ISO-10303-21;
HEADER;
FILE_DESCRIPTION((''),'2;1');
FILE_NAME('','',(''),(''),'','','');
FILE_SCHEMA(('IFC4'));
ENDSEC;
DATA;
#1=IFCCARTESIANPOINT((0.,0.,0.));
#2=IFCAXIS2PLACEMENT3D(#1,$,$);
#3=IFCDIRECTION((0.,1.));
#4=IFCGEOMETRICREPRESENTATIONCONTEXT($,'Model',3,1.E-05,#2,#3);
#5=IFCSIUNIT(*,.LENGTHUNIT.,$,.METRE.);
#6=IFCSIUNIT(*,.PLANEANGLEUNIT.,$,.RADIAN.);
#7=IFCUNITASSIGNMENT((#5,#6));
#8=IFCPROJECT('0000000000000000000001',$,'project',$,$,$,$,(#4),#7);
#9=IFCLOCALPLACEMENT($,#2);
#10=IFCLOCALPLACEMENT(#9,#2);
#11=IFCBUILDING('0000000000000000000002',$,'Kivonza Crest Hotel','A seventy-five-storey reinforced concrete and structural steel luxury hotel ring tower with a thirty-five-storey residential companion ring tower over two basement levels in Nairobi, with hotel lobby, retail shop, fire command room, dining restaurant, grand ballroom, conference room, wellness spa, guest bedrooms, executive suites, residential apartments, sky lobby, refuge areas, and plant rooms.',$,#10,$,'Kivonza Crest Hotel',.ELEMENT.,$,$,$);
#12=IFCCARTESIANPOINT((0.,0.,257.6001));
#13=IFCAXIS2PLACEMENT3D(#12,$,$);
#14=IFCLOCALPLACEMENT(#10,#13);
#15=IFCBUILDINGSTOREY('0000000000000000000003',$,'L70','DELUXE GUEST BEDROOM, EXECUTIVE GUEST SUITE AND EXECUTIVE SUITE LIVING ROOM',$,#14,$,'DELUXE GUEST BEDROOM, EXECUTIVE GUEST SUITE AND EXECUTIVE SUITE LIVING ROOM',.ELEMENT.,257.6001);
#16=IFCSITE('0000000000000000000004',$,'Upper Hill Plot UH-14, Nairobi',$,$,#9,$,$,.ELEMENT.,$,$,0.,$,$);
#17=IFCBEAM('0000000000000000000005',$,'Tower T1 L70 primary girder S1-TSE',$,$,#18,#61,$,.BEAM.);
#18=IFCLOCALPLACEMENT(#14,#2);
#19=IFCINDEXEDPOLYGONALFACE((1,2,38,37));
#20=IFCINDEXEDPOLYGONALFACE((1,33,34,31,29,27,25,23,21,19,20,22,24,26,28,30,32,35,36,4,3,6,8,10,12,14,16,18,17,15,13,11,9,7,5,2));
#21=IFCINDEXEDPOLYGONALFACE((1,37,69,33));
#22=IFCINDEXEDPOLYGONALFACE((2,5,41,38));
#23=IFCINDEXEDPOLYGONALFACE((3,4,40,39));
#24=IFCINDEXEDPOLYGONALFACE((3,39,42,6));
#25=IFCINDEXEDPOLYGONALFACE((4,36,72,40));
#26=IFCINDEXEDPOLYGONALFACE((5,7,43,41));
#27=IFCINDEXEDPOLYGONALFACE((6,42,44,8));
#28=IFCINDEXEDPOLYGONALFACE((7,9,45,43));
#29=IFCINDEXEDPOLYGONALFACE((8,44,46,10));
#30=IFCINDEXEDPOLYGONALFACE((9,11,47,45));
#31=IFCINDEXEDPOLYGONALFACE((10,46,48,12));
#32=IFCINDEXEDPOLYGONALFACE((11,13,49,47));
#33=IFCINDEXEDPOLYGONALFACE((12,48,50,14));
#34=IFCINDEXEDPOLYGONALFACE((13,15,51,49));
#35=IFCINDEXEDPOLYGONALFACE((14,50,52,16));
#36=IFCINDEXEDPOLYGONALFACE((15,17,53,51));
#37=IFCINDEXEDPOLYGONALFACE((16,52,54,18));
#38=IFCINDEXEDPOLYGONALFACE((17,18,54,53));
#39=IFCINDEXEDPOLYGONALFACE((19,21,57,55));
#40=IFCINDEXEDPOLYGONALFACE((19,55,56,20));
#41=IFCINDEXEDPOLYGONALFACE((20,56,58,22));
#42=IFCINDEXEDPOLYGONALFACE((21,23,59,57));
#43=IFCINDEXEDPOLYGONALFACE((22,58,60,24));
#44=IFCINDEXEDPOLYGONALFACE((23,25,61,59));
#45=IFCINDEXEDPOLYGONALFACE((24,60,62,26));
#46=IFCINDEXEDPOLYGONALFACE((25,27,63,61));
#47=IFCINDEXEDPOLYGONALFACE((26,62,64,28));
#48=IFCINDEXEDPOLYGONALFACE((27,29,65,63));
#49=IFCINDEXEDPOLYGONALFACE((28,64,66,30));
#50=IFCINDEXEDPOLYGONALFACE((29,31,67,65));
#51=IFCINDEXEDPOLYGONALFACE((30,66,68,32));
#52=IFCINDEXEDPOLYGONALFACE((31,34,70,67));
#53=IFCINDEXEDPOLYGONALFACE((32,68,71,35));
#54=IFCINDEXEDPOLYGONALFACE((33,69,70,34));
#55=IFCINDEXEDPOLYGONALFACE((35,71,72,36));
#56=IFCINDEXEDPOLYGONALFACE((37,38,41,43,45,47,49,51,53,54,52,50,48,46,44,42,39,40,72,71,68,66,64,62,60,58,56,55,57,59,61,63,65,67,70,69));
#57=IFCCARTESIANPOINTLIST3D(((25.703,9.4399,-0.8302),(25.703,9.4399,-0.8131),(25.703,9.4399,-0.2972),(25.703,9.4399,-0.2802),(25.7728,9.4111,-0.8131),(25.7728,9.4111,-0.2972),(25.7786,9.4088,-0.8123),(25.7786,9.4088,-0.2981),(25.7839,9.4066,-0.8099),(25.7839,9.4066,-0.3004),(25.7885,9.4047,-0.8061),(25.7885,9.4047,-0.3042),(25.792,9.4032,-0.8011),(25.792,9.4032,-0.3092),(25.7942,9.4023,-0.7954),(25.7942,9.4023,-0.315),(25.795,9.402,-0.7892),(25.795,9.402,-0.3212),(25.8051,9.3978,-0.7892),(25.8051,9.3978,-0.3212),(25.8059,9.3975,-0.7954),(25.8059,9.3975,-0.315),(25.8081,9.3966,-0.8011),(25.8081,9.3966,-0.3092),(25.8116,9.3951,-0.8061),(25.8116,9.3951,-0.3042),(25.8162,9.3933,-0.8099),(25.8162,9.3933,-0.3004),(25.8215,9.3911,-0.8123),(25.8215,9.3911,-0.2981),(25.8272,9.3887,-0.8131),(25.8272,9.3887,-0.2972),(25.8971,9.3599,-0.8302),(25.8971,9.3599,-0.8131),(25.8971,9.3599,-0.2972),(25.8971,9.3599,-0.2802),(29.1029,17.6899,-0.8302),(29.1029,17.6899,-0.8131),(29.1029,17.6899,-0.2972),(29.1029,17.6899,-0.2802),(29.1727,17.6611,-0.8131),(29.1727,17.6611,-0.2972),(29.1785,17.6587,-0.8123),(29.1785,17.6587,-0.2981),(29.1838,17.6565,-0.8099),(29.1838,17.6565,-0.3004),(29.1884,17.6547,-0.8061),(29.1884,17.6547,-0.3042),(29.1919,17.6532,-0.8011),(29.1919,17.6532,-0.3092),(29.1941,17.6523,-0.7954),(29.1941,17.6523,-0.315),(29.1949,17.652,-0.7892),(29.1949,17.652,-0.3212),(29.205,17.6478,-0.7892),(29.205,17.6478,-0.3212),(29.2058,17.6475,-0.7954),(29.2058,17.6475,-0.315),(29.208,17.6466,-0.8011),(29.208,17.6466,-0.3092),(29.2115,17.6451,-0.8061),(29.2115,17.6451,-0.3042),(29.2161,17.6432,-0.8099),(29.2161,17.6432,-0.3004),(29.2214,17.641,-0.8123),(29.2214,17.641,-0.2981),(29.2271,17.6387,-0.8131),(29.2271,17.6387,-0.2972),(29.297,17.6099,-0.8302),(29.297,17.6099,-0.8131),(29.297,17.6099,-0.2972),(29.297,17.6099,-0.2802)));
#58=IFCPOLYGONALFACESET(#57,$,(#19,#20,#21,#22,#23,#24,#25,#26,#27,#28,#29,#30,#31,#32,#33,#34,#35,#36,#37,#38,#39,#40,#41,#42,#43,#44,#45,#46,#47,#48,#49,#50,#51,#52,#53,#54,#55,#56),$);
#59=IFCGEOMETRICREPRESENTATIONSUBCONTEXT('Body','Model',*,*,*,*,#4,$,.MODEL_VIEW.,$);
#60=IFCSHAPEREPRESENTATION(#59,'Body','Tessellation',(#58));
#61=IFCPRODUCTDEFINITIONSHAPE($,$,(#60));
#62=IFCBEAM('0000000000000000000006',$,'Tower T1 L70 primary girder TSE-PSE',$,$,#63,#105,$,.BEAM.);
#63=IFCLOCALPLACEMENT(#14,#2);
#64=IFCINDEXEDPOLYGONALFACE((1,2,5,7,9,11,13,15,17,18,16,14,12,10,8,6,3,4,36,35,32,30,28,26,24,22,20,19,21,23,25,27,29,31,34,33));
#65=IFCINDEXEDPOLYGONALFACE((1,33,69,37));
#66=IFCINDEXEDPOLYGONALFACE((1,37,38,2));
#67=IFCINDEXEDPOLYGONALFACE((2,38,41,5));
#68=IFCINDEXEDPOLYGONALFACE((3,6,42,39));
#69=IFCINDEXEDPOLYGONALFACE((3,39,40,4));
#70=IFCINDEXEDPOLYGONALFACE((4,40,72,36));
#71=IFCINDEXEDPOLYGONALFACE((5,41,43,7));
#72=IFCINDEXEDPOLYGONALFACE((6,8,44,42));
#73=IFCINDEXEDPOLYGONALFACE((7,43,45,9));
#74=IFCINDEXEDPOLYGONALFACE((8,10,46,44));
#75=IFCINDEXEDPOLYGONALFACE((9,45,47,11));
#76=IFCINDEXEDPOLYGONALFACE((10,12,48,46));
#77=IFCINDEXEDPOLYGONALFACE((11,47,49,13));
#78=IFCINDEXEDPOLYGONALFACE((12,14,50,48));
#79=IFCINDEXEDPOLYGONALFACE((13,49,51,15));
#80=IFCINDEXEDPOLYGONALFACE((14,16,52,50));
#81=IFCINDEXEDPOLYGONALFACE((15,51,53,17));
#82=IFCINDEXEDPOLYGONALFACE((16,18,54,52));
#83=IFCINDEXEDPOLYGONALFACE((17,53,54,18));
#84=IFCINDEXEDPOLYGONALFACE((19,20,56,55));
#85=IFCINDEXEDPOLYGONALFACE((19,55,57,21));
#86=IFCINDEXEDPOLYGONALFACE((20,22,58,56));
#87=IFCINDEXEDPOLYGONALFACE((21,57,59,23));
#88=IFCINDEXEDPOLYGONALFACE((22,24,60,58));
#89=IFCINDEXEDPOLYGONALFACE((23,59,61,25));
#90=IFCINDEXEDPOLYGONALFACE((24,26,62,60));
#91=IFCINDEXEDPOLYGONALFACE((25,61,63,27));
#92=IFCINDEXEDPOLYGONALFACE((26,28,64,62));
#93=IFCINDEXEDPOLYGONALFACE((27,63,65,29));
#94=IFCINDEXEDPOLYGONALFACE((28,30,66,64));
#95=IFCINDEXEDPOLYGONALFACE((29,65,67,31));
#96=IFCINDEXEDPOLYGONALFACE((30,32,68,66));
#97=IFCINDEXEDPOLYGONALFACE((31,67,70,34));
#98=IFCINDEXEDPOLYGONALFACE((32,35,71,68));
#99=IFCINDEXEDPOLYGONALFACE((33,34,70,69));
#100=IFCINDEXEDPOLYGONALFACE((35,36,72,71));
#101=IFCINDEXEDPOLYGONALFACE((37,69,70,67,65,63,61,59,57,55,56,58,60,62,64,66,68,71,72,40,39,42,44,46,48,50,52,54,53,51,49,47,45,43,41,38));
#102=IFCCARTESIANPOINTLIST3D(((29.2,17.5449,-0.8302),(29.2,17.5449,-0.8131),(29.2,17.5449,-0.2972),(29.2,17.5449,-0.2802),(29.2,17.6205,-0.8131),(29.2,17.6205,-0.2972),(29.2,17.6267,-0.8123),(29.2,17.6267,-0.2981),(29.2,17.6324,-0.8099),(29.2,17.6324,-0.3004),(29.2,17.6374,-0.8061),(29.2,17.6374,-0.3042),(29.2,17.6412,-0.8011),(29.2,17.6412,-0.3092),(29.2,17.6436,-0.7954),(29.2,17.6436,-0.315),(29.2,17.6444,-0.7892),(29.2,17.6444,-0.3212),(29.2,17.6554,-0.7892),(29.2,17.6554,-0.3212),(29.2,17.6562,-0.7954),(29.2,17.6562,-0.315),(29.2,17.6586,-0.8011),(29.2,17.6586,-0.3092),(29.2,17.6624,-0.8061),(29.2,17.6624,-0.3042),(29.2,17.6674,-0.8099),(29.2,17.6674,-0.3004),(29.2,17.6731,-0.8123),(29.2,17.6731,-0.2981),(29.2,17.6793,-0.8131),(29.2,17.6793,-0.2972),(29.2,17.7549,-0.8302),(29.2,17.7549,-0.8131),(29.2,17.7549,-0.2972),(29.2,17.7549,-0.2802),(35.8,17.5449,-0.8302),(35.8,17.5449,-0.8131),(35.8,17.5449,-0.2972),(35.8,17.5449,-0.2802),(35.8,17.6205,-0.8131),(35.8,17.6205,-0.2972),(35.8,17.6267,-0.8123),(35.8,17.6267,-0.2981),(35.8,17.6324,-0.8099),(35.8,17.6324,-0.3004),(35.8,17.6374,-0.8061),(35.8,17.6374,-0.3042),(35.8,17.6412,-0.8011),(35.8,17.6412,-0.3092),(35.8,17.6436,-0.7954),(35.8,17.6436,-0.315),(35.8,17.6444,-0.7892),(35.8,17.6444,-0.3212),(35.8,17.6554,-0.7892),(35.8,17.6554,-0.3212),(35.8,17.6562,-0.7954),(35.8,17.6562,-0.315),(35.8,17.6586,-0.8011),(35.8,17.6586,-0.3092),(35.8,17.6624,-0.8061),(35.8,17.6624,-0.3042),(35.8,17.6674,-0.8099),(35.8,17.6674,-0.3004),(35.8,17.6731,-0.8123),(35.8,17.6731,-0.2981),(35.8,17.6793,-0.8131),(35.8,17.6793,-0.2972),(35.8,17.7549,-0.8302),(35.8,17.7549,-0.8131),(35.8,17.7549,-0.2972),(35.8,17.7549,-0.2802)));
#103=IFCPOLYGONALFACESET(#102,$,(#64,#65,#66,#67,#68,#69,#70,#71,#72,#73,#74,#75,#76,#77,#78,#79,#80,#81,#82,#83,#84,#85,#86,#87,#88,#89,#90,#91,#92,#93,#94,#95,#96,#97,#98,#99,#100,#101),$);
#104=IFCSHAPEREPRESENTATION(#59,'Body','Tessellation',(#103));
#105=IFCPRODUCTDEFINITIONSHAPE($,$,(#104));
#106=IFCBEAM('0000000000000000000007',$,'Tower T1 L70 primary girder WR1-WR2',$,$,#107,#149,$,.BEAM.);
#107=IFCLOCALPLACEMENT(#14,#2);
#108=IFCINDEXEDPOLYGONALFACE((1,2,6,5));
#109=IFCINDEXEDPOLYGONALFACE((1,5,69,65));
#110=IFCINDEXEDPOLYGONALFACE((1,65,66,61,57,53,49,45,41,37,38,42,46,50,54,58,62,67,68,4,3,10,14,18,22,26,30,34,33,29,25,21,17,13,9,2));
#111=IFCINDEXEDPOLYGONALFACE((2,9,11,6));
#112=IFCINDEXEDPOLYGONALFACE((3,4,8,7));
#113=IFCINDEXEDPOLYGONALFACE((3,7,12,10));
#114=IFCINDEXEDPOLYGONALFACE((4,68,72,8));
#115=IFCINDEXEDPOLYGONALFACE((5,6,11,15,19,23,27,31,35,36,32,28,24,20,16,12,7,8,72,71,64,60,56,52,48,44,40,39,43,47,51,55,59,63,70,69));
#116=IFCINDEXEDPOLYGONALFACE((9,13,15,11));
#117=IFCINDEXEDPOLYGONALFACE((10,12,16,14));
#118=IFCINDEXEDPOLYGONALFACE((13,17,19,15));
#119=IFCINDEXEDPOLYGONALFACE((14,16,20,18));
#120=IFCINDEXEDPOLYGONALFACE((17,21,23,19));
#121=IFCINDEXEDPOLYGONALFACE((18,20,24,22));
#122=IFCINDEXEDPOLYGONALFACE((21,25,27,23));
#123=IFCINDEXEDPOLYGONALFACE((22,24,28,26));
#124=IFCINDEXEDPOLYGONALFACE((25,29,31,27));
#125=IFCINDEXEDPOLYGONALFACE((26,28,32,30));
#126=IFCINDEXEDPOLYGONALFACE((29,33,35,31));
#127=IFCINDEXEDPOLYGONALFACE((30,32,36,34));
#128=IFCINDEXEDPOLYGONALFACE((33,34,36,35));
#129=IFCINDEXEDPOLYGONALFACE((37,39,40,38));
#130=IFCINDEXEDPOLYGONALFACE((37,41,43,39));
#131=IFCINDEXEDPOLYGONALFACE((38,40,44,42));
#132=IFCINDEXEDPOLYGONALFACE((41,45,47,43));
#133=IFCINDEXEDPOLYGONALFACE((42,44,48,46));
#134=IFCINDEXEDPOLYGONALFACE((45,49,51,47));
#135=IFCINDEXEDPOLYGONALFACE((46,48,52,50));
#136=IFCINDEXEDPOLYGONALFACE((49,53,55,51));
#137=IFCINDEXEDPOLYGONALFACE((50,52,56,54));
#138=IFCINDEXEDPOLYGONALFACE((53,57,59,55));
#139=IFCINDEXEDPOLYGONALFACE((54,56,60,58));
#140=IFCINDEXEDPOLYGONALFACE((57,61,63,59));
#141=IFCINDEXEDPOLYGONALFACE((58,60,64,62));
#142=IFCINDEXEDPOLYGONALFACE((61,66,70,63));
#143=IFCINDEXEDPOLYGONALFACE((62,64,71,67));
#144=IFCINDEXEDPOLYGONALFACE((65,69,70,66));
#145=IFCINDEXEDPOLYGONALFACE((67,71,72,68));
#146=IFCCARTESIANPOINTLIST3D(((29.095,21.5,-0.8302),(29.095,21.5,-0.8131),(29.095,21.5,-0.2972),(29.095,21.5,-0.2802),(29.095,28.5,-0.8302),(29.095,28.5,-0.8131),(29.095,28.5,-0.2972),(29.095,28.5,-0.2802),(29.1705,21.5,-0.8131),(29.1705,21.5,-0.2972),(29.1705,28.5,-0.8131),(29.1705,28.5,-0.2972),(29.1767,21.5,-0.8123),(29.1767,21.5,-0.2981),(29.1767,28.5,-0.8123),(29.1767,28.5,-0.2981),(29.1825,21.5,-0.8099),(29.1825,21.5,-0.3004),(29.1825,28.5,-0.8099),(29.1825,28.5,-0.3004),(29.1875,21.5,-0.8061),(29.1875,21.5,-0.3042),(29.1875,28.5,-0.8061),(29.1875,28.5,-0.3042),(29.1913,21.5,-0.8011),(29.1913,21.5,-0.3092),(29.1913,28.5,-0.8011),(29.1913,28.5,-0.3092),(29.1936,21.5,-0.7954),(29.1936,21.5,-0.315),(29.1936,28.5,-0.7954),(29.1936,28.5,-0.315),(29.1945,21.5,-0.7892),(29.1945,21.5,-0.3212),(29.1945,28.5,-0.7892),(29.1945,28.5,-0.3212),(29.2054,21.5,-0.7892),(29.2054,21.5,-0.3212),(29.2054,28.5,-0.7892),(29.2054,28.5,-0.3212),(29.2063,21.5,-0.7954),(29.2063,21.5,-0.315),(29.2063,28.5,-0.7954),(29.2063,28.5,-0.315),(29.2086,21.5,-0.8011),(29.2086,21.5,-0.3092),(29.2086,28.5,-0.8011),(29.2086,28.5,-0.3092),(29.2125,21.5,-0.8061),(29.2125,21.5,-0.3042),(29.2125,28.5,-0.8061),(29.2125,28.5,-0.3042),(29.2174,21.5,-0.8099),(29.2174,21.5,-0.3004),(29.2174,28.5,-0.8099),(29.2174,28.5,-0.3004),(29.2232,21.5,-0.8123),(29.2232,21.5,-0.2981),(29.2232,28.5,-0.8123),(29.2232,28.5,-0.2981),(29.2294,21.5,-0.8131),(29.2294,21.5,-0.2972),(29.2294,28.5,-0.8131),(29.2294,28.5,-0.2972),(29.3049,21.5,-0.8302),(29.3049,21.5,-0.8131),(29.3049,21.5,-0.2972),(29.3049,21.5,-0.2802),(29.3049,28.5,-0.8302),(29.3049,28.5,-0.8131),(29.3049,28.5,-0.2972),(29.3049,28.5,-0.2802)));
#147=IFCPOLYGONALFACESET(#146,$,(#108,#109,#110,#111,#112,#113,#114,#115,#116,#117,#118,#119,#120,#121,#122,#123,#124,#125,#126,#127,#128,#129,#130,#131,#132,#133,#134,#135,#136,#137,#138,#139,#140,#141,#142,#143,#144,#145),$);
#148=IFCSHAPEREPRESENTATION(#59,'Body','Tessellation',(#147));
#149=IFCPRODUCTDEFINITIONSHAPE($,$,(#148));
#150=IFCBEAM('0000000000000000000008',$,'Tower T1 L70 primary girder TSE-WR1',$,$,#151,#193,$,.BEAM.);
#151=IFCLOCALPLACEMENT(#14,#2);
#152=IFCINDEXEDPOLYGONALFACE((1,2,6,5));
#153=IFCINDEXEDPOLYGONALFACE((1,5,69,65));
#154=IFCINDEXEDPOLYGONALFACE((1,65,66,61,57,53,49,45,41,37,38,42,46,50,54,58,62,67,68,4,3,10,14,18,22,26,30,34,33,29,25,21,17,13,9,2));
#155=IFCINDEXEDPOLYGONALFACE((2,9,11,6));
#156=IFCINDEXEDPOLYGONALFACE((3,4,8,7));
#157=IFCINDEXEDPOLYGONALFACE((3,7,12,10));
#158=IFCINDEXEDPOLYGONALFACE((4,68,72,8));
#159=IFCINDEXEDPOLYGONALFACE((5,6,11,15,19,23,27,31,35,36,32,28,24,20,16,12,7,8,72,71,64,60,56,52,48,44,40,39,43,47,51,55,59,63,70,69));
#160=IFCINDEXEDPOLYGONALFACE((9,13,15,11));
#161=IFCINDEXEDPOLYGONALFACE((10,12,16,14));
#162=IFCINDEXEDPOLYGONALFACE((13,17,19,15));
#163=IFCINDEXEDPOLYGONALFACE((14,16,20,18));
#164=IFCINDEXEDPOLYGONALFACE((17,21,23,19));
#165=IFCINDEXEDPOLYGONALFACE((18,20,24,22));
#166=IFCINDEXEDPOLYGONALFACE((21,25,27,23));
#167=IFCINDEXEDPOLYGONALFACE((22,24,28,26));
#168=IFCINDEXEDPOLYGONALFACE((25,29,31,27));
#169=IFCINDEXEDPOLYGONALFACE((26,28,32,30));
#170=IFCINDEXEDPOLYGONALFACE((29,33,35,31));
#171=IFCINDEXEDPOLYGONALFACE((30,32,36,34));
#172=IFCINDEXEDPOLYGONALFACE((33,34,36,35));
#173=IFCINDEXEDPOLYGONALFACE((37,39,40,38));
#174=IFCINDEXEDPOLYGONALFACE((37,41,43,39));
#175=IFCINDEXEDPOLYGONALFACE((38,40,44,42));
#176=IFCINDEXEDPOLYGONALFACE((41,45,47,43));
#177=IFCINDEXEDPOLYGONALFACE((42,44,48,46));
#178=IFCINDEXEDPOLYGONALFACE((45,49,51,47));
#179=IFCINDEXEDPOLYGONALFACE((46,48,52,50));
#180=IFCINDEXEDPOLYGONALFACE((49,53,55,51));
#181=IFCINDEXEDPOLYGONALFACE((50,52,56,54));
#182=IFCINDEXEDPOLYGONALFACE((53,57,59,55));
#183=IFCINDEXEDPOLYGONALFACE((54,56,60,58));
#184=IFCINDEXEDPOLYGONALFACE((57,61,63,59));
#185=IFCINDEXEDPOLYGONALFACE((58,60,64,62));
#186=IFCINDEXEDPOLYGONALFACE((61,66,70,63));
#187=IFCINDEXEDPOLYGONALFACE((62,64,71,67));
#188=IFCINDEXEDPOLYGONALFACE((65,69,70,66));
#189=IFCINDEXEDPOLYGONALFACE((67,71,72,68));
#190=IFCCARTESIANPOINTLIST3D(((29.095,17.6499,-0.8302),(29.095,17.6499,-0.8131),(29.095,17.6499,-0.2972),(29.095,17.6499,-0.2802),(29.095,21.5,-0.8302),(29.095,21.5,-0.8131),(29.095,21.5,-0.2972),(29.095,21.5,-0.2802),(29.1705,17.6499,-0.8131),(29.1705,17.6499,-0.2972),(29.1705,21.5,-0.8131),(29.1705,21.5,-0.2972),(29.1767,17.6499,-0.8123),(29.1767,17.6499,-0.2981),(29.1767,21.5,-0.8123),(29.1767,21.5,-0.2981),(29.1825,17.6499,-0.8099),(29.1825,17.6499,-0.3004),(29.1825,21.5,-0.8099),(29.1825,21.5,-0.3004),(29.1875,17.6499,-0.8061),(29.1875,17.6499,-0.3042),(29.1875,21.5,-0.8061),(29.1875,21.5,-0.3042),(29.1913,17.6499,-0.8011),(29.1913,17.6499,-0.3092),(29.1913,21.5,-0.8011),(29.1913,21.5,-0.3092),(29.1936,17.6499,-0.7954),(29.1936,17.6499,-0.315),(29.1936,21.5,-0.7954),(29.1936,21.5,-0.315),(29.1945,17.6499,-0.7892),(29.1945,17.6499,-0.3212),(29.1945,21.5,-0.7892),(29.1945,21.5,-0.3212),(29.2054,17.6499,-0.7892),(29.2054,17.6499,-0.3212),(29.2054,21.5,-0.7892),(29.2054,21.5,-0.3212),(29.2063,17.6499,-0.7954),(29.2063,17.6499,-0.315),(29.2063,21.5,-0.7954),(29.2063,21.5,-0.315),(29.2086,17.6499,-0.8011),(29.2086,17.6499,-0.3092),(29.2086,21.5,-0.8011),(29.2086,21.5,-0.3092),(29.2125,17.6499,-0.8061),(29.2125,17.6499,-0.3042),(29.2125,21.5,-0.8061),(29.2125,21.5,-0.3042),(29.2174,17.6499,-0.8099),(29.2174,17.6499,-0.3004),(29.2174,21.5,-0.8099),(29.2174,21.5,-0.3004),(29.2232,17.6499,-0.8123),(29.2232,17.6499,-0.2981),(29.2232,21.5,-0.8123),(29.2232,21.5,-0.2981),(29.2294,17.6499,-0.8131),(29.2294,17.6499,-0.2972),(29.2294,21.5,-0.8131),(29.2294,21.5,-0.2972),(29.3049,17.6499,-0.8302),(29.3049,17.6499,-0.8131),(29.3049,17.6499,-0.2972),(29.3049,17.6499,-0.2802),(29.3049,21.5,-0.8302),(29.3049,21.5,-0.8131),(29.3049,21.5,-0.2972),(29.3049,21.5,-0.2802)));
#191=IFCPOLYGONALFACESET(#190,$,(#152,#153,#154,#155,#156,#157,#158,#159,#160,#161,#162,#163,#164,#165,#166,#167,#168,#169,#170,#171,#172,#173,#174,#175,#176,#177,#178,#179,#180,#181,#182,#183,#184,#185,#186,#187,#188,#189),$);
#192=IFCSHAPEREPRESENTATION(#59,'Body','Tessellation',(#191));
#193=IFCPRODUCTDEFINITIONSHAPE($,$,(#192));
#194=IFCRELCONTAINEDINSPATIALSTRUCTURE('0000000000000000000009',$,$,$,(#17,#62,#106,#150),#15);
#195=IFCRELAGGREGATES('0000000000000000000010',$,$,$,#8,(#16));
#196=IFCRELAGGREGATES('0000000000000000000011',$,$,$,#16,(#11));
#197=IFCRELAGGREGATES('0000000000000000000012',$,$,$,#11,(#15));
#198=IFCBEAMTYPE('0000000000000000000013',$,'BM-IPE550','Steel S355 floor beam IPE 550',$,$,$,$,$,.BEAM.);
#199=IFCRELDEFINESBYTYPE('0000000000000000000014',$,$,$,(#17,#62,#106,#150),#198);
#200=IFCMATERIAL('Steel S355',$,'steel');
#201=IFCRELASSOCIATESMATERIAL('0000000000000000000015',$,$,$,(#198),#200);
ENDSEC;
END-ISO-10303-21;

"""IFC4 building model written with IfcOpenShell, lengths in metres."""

from ifc_helpers import new_model, si_unit, direction, frame, origin, origin_2d, place, context, subcontext, project, spatial, i_section, extrude, material, material_profile, profile_set, type_object, element, save


model = new_model("IFC4")

# Units and contexts
model_context = context("Model", 3, precision=1e-05, world=origin(), true_north=direction((0.0, 1.0)))
body_context = subcontext(model_context, "Body", "Model", "MODEL_VIEW")
ifc_project = project(units=[si_unit("LENGTHUNIT", "METRE"), si_unit("PLANEANGLEUNIT", "RADIAN")], contexts=[model_context])

# Site, building, storey
site_placement = place(None, origin())
site = spatial("IfcSite", under=ifc_project, at=site_placement, Name="Upper Hill Plot UH-14, Nairobi", CompositionType="ELEMENT", RefElevation=0.0)
building_placement = place(site_placement, origin())
building = spatial("IfcBuilding", under=site, at=building_placement, Name="Kivonza Crest Hotel", Description="A seventy-five-storey reinforced concrete and structural steel luxury hotel ring tower with a thirty-five-storey residential companion ring tower over two basement levels in Nairobi, with hotel lobby, retail shop, fire command room, dining restaurant, grand ballroom, conference room, wellness spa, guest bedrooms, executive suites, residential apartments, sky lobby, refuge areas, and plant rooms.", LongName="Kivonza Crest Hotel", CompositionType="ELEMENT")
storey_placement = place(building_placement, frame((0.0, 0.0, 257.6001)))
storey = spatial("IfcBuildingStorey", under=building, at=storey_placement, Name="L70", Description="DELUXE GUEST BEDROOM, EXECUTIVE GUEST SUITE AND EXECUTIVE SUITE LIVING ROOM", LongName="DELUXE GUEST BEDROOM, EXECUTIVE GUEST SUITE AND EXECUTIVE SUITE LIVING ROOM", CompositionType="ELEMENT", Elevation=257.6001)

# Beams
ifc_material_1 = material(Name="Steel S355", Category="steel")
ifc_material_profile_1 = material_profile(ifc_material_1, i_section(OverallWidth=0.21, OverallDepth=0.55, WebThickness=0.011, FlangeThickness=0.0171, FilletRadius=0.0239, at=origin_2d()), Name="IPE 550")
ifc_profile_set_1 = profile_set([ifc_material_profile_1], Name="Steel S355")
beam_type_1 = type_object("IfcBeamType", Name="BM-IPE550", Description="Steel S355 floor beam IPE 550", PredefinedType="BEAM", material=ifc_profile_set_1)
beam_1_placement = place(storey_placement, frame((25.8, 9.3999, -0.5552), z_axis=(0.381022, 0.924566, 0.0), x_axis=(-0.924566, 0.381022, 0.0)))
element("IfcBeam", 1, at=beam_1_placement, inside=storey, type_object=beam_type_1, Name="Tower T1 L70 primary girder S1-TSE", PredefinedType="BEAM", context=body_context, shape_type="SweptSolid", body=[
    extrude(i_section(OverallWidth=0.21, OverallDepth=0.55, WebThickness=0.011, FlangeThickness=0.0171, FilletRadius=0.0239, at=origin_2d()), origin(), (0.0, 0.0, 1.0), 8.9231),
])
beam_2_placement = place(storey_placement, frame((29.2, 17.6499, -0.5552), z_axis=(1.0, 0.0, 0.0), x_axis=(0.0, 1.0, 0.0)))
element("IfcBeam", 2, at=beam_2_placement, inside=storey, type_object=beam_type_1, Name="Tower T1 L70 primary girder TSE-PSE", PredefinedType="BEAM", context=body_context, shape_type="SweptSolid", body=[
    extrude(i_section(OverallWidth=0.21, OverallDepth=0.55, WebThickness=0.011, FlangeThickness=0.0171, FilletRadius=0.0239, at=origin_2d()), origin(), (0.0, 0.0, 1.0), 6.6001),
])
beam_3_placement = place(storey_placement, frame((29.2, 21.5, -0.5552), z_axis=(0.0, 1.0, 0.0), x_axis=(-1.0, 0.0, 0.0)))
element("IfcBeam", 3, at=beam_3_placement, inside=storey, type_object=beam_type_1, Name="Tower T1 L70 primary girder WR1-WR2", PredefinedType="BEAM", context=body_context, shape_type="SweptSolid", body=[
    extrude(i_section(OverallWidth=0.21, OverallDepth=0.55, WebThickness=0.011, FlangeThickness=0.0171, FilletRadius=0.0239, at=origin_2d()), origin(), (0.0, 0.0, 1.0), 7.0),
])
beam_4_placement = place(storey_placement, frame((29.2, 17.6499, -0.5552), z_axis=(0.0, 1.0, 0.0), x_axis=(-1.0, 0.0, 0.0)))
element("IfcBeam", 4, at=beam_4_placement, inside=storey, type_object=beam_type_1, Name="Tower T1 L70 primary girder TSE-WR1", PredefinedType="BEAM", context=body_context, shape_type="SweptSolid", body=[
    extrude(i_section(OverallWidth=0.21, OverallDepth=0.55, WebThickness=0.011, FlangeThickness=0.0171, FilletRadius=0.0239, at=origin_2d()), origin(), (0.0, 0.0, 1.0), 3.8501),
])

save(model, "model.ifc")
